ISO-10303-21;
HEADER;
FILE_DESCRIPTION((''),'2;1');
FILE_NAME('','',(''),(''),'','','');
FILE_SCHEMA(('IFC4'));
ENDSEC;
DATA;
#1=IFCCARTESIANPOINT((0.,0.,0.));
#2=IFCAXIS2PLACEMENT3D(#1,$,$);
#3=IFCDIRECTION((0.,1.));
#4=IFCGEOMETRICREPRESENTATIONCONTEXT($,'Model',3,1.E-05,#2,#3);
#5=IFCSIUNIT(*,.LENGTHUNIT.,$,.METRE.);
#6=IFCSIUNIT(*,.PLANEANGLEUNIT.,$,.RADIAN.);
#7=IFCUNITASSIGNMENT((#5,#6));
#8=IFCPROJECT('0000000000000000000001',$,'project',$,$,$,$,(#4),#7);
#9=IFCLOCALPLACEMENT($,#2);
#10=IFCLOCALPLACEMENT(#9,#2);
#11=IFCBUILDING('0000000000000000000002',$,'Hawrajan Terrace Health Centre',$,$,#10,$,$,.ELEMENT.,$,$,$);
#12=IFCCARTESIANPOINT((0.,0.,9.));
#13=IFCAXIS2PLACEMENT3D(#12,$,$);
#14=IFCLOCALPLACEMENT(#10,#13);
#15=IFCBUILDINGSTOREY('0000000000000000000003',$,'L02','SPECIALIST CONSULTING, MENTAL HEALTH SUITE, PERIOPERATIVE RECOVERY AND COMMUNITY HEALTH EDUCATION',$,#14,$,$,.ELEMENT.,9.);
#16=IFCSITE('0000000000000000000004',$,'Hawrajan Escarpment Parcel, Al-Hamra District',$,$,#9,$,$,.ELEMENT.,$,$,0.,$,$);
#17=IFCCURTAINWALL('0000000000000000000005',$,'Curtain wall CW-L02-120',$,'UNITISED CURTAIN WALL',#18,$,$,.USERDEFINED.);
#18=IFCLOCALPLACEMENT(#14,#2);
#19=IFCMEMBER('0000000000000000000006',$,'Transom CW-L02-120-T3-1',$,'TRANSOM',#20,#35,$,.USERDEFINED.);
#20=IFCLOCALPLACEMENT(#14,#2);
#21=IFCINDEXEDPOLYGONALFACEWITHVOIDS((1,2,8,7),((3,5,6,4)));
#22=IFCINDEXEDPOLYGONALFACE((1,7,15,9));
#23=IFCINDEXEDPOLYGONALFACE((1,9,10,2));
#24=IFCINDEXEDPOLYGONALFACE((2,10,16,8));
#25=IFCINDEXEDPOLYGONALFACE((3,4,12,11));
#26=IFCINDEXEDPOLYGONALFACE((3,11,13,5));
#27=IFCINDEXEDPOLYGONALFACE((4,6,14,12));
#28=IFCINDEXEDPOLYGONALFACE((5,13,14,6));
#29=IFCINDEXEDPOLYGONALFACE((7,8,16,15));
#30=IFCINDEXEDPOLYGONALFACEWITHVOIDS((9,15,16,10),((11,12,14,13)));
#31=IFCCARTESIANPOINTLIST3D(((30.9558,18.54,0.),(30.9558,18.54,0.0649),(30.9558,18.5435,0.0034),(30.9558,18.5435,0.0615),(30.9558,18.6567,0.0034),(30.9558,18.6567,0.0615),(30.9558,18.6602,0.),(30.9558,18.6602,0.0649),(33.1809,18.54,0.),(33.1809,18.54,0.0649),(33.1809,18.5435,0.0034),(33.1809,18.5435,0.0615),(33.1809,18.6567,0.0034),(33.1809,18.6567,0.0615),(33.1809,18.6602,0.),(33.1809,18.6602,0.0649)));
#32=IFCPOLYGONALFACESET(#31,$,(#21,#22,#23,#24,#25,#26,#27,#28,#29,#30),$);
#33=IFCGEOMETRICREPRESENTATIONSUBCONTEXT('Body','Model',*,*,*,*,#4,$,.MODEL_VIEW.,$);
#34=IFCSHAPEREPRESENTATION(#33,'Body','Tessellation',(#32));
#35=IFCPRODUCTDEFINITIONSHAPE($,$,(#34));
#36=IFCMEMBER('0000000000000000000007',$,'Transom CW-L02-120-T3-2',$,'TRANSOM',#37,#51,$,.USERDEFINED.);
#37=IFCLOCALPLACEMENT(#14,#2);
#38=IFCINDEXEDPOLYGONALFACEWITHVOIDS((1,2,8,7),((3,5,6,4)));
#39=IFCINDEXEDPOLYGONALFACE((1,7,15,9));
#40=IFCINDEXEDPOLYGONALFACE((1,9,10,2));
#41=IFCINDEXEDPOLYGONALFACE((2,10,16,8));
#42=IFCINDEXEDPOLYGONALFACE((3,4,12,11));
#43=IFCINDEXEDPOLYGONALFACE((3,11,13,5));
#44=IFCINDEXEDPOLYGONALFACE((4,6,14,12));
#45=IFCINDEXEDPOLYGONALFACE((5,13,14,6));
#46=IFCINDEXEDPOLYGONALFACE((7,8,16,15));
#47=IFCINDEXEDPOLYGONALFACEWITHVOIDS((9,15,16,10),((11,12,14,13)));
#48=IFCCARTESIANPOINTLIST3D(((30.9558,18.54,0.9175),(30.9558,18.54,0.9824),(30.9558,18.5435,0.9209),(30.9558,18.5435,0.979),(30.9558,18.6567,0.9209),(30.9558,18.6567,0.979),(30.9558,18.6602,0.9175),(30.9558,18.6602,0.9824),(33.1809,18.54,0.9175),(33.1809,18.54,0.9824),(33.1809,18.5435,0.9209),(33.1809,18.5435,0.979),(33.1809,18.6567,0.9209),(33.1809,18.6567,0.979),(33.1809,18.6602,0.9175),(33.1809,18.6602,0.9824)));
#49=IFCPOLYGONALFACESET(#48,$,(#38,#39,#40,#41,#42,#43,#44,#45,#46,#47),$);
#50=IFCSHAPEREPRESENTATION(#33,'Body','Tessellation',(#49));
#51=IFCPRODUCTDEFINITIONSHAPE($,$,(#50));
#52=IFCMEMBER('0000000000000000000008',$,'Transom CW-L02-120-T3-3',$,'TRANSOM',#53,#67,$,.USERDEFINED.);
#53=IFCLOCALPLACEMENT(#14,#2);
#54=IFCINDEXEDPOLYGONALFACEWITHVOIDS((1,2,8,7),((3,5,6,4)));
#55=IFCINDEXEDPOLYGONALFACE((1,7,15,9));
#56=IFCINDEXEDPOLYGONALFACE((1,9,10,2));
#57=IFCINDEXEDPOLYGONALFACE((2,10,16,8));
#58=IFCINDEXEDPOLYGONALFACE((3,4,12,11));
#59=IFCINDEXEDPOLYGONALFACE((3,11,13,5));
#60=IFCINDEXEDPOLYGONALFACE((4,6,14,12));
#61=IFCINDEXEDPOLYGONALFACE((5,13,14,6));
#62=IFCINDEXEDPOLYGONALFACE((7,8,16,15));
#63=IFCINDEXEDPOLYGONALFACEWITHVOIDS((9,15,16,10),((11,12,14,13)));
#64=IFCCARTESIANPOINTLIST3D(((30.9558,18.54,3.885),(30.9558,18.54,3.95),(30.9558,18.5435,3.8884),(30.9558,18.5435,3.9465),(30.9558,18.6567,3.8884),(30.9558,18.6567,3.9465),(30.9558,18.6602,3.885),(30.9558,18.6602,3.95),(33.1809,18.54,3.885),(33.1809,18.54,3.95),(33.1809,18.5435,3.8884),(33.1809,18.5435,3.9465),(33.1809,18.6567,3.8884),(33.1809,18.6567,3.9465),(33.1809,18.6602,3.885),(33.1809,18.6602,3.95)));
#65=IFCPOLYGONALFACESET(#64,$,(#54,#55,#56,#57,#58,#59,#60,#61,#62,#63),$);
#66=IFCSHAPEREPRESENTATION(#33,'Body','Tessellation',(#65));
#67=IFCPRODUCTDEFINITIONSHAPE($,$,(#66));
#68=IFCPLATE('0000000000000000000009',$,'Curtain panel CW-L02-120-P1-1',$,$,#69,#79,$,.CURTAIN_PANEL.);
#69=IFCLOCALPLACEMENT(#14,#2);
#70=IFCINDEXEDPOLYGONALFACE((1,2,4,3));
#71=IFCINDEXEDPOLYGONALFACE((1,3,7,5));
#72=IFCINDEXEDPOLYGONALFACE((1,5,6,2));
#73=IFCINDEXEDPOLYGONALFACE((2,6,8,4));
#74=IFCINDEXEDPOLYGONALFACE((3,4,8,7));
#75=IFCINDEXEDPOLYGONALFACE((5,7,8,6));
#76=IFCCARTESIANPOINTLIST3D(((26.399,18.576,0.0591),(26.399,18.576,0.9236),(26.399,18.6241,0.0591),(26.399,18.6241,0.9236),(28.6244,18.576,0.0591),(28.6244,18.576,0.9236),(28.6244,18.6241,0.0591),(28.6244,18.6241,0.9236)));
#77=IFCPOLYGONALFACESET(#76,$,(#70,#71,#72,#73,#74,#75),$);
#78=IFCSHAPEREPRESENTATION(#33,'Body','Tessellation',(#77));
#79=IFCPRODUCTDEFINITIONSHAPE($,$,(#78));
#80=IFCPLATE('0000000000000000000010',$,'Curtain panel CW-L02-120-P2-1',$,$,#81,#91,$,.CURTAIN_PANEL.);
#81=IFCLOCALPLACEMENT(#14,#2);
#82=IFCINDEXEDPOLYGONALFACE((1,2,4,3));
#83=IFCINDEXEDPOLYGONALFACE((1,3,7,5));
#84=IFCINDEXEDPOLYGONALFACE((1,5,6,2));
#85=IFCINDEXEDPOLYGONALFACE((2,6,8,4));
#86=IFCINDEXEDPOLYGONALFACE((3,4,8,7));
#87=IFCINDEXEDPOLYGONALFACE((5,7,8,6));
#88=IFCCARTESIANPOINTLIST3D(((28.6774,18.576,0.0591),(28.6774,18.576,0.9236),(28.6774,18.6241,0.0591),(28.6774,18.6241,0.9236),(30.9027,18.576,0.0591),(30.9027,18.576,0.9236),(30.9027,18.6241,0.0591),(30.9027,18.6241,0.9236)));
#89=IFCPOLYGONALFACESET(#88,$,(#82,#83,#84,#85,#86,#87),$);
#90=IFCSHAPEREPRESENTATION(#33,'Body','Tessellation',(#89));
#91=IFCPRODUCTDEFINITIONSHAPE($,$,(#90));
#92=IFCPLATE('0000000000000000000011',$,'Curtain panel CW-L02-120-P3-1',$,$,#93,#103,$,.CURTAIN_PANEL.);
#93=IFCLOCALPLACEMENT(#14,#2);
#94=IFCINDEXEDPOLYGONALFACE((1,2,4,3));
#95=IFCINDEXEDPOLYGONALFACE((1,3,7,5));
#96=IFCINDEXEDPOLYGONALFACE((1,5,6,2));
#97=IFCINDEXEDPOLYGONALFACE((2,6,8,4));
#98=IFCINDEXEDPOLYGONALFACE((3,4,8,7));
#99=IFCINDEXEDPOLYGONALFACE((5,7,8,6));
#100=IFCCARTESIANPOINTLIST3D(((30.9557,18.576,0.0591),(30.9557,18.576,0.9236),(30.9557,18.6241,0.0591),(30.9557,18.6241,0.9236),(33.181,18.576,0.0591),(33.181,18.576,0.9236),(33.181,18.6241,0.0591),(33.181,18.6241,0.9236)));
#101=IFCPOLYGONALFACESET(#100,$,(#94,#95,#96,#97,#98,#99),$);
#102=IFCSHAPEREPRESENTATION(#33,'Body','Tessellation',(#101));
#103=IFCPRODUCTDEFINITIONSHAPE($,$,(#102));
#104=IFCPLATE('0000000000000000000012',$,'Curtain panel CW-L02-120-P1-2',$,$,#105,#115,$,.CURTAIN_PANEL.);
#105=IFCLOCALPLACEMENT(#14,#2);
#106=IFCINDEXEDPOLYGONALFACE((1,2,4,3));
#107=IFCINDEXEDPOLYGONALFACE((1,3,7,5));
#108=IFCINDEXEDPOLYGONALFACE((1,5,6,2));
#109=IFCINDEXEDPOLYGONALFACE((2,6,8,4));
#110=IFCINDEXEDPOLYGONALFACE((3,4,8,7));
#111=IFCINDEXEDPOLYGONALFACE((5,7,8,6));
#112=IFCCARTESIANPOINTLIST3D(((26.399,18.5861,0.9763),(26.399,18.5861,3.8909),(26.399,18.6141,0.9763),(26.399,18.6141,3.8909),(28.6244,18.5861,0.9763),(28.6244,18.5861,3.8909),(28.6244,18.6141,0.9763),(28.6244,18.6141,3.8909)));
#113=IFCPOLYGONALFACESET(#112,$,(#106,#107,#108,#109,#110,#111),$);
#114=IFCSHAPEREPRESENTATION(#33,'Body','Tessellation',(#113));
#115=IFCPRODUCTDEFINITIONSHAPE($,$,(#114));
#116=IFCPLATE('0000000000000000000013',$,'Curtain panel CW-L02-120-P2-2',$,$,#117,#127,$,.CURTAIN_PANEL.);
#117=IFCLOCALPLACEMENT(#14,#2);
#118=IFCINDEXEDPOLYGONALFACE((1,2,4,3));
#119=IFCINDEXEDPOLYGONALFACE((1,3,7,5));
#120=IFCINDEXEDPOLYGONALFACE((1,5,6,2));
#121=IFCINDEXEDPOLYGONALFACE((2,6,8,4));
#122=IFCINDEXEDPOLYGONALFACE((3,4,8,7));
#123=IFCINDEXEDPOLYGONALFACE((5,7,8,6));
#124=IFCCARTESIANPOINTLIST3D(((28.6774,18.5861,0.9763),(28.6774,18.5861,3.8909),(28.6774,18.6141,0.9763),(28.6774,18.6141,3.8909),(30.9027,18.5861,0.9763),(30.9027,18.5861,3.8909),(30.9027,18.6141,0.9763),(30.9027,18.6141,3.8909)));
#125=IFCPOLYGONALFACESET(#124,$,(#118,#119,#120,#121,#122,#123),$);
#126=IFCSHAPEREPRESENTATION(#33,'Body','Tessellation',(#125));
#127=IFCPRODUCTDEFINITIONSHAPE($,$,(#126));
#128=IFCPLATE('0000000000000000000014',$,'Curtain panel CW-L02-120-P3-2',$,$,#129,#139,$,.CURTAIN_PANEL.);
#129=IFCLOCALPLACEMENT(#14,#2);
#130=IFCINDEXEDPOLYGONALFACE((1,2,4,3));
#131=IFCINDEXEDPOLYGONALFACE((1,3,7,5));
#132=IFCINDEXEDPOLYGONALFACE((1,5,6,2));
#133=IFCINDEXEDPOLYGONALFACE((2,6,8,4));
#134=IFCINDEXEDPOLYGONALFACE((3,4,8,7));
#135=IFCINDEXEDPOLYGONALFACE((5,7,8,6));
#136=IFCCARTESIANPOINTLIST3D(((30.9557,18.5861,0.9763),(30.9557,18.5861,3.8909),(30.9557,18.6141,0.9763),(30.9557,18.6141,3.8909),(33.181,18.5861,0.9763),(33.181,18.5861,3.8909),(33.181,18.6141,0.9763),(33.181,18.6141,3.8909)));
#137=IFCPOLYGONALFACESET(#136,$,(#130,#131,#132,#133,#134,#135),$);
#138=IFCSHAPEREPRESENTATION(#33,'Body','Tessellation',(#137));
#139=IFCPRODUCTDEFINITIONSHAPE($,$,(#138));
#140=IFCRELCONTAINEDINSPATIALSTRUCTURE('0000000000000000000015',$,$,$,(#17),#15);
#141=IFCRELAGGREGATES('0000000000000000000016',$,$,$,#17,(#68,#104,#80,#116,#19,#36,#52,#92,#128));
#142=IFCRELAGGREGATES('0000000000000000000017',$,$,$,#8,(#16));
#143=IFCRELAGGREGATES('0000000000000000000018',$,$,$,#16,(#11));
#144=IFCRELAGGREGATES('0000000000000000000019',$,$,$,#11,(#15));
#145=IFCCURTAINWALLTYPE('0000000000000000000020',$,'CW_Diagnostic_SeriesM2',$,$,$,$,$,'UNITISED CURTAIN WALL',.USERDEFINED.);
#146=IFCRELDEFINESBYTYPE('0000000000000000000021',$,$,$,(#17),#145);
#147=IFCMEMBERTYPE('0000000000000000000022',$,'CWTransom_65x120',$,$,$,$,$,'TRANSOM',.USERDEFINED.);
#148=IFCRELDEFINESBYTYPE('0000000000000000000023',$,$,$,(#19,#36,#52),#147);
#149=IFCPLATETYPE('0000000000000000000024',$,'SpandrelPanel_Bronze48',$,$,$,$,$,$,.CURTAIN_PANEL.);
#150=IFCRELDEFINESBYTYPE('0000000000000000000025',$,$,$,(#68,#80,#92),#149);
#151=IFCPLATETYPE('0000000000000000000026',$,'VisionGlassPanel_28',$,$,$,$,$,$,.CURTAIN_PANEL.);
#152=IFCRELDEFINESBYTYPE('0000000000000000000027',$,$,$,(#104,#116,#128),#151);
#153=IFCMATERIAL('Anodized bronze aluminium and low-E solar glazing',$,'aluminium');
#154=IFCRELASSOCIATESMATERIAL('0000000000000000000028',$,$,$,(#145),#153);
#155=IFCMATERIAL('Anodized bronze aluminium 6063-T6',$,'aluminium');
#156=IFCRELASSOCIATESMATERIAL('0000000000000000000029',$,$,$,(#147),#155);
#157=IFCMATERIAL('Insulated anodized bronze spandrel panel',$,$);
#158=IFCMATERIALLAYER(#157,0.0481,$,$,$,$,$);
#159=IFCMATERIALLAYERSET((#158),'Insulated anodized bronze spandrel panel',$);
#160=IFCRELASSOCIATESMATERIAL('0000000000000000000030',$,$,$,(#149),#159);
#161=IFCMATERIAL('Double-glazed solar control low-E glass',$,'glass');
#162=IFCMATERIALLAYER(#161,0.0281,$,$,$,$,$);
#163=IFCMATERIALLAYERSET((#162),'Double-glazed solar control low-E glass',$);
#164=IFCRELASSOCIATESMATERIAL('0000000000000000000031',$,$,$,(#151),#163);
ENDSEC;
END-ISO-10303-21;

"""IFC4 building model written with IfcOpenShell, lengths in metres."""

from ifc_helpers import new_model, si_unit, direction, frame, origin, origin_2d, place, context, subcontext, project, spatial, rectangle, hollow_rectangle, extrude, material, layer, layer_set, material_profile, profile_set, type_object, element, aggregate, save


model = new_model("IFC4")

# Units and contexts
model_context = context("Model", 3, precision=1e-05, world=origin(), true_north=direction((0.0, 1.0)))
body_context = subcontext(model_context, "Body", "Model", "MODEL_VIEW")
ifc_project = project(units=[si_unit("LENGTHUNIT", "METRE"), si_unit("PLANEANGLEUNIT", "RADIAN")], contexts=[model_context])

# Site, building, storey
site_placement = place(None, origin())
site = spatial("IfcSite", under=ifc_project, at=site_placement, Name="Hawrajan Escarpment Parcel, Al-Hamra District", CompositionType="ELEMENT", RefElevation=0.0)
building_placement = place(site_placement, origin())
building = spatial("IfcBuilding", under=site, at=building_placement, Name="Hawrajan Terrace Health Centre", CompositionType="ELEMENT")
storey_placement = place(building_placement, frame((0.0, 0.0, 9.0)))
storey = spatial("IfcBuildingStorey", under=building, at=storey_placement, Name="L02", Description="SPECIALIST CONSULTING, MENTAL HEALTH SUITE, PERIOPERATIVE RECOVERY AND COMMUNITY HEALTH EDUCATION", CompositionType="ELEMENT", Elevation=9.0)

# Curtain wall, members, plates
ifc_material_1 = material(Name="Anodized bronze aluminium and low-E solar glazing", Category="aluminium")
curtain_wall_type = type_object("IfcCurtainWallType", Name="CW_Diagnostic_SeriesM2", ElementType="UNITISED CURTAIN WALL", PredefinedType="USERDEFINED", material=ifc_material_1)
curtain_wall_placement = place(storey_placement, origin())
curtain_wall = element("IfcCurtainWall", 1, at=curtain_wall_placement, inside=storey, type_object=curtain_wall_type, Name="Curtain wall CW-L02-120", ObjectType="UNITISED CURTAIN WALL", PredefinedType="USERDEFINED")
ifc_material_2 = material(Name="Anodized bronze aluminium 6063-T6", Category="aluminium")
ifc_material_profile_1 = material_profile(ifc_material_2, hollow_rectangle(XDim=0.0649, YDim=0.1201, WallThickness=0.0034, at=origin_2d()), Name="CW TRN 65x120")
ifc_profile_set_1 = profile_set([ifc_material_profile_1], Name="Anodized bronze aluminium 6063-T6")
member_type_1 = type_object("IfcMemberType", Name="CWTransom_65x120", ElementType="TRANSOM", PredefinedType="USERDEFINED", material=ifc_profile_set_1)
member_1_placement = place(storey_placement, frame((30.9558, 18.6001, 0.0325), z_axis=(1.0, 0.0, 0.0), x_axis=(0.0, 0.0, 1.0)))
member_1 = element("IfcMember", 2, at=member_1_placement, type_object=member_type_1, Name="Transom CW-L02-120-T3-1", ObjectType="TRANSOM", PredefinedType="USERDEFINED", context=body_context, shape_type="SweptSolid", body=[
    extrude(hollow_rectangle(XDim=0.0649, YDim=0.1201, WallThickness=0.0034, at=origin_2d()), origin(), (0.0, 0.0, 1.0), 2.2251),
])
member_2_placement = place(storey_placement, frame((30.9558, 18.6001, 0.95), z_axis=(1.0, 0.0, 0.0), x_axis=(0.0, 0.0, 1.0)))
member_2 = element("IfcMember", 3, at=member_2_placement, type_object=member_type_1, Name="Transom CW-L02-120-T3-2", ObjectType="TRANSOM", PredefinedType="USERDEFINED", context=body_context, shape_type="SweptSolid", body=[
    extrude(hollow_rectangle(XDim=0.0649, YDim=0.1201, WallThickness=0.0034, at=origin_2d()), origin(), (0.0, 0.0, 1.0), 2.2251),
])
member_3_placement = place(storey_placement, frame((30.9558, 18.6001, 3.9175), z_axis=(1.0, 0.0, 0.0), x_axis=(0.0, 0.0, 1.0)))
member_3 = element("IfcMember", 4, at=member_3_placement, type_object=member_type_1, Name="Transom CW-L02-120-T3-3", ObjectType="TRANSOM", PredefinedType="USERDEFINED", context=body_context, shape_type="SweptSolid", body=[
    extrude(hollow_rectangle(XDim=0.0649, YDim=0.1201, WallThickness=0.0034, at=origin_2d()), origin(), (0.0, 0.0, 1.0), 2.2251),
])
ifc_material_3 = material(Name="Insulated anodized bronze spandrel panel")
ifc_layer_1 = layer(ifc_material_3, 0.0481)
ifc_layer_set_1 = layer_set([ifc_layer_1], Name="Insulated anodized bronze spandrel panel")
plate_type_1 = type_object("IfcPlateType", Name="SpandrelPanel_Bronze48", PredefinedType="CURTAIN_PANEL", material=ifc_layer_set_1)
plate_1_placement = place(storey_placement, frame((27.5117, 18.6001, 0.0591), z_axis=(0.0, 0.0, 1.0), x_axis=(1.0, 0.0, 0.0)))
plate_1 = element("IfcPlate", 5, at=plate_1_placement, type_object=plate_type_1, Name="Curtain panel CW-L02-120-P1-1", PredefinedType="CURTAIN_PANEL", context=body_context, shape_type="SweptSolid", body=[
    extrude(rectangle(XDim=2.2253, YDim=0.0481, at=origin_2d()), origin(), (0.0, 0.0, 1.0), 0.8645),
])
plate_2_placement = place(storey_placement, frame((29.79, 18.6001, 0.0591), z_axis=(0.0, 0.0, 1.0), x_axis=(1.0, 0.0, 0.0)))
plate_2 = element("IfcPlate", 6, at=plate_2_placement, type_object=plate_type_1, Name="Curtain panel CW-L02-120-P2-1", PredefinedType="CURTAIN_PANEL", context=body_context, shape_type="SweptSolid", body=[
    extrude(rectangle(XDim=2.2253, YDim=0.0481, at=origin_2d()), origin(), (0.0, 0.0, 1.0), 0.8645),
])
plate_3_placement = place(storey_placement, frame((32.0684, 18.6001, 0.0591), z_axis=(0.0, 0.0, 1.0), x_axis=(1.0, 0.0, 0.0)))
plate_3 = element("IfcPlate", 7, at=plate_3_placement, type_object=plate_type_1, Name="Curtain panel CW-L02-120-P3-1", PredefinedType="CURTAIN_PANEL", context=body_context, shape_type="SweptSolid", body=[
    extrude(rectangle(XDim=2.2253, YDim=0.0481, at=origin_2d()), origin(), (0.0, 0.0, 1.0), 0.8645),
])
ifc_material_4 = material(Name="Double-glazed solar control low-E glass", Category="glass")
ifc_layer_2 = layer(ifc_material_4, 0.0281)
ifc_layer_set_2 = layer_set([ifc_layer_2], Name="Double-glazed solar control low-E glass")
plate_type_2 = type_object("IfcPlateType", Name="VisionGlassPanel_28", PredefinedType="CURTAIN_PANEL", material=ifc_layer_set_2)
plate_4_placement = place(storey_placement, frame((27.5117, 18.6001, 0.9763), z_axis=(0.0, 0.0, 1.0), x_axis=(1.0, 0.0, 0.0)))
plate_4 = element("IfcPlate", 8, at=plate_4_placement, type_object=plate_type_2, Name="Curtain panel CW-L02-120-P1-2", PredefinedType="CURTAIN_PANEL", context=body_context, shape_type="SweptSolid", body=[
    extrude(rectangle(XDim=2.2253, YDim=0.0281, at=origin_2d()), origin(), (0.0, 0.0, 1.0), 2.9146),
])
plate_5_placement = place(storey_placement, frame((29.79, 18.6001, 0.9763), z_axis=(0.0, 0.0, 1.0), x_axis=(1.0, 0.0, 0.0)))
plate_5 = element("IfcPlate", 9, at=plate_5_placement, type_object=plate_type_2, Name="Curtain panel CW-L02-120-P2-2", PredefinedType="CURTAIN_PANEL", context=body_context, shape_type="SweptSolid", body=[
    extrude(rectangle(XDim=2.2253, YDim=0.0281, at=origin_2d()), origin(), (0.0, 0.0, 1.0), 2.9146),
])
plate_6_placement = place(storey_placement, frame((32.0684, 18.6001, 0.9763), z_axis=(0.0, 0.0, 1.0), x_axis=(1.0, 0.0, 0.0)))
plate_6 = element("IfcPlate", 10, at=plate_6_placement, type_object=plate_type_2, Name="Curtain panel CW-L02-120-P3-2", PredefinedType="CURTAIN_PANEL", context=body_context, shape_type="SweptSolid", body=[
    extrude(rectangle(XDim=2.2253, YDim=0.0281, at=origin_2d()), origin(), (0.0, 0.0, 1.0), 2.9146),
])
aggregate(curtain_wall, [plate_1, plate_4, plate_2, plate_5, member_1, member_2, member_3, plate_3, plate_6])

save(model, "model.ifc")
